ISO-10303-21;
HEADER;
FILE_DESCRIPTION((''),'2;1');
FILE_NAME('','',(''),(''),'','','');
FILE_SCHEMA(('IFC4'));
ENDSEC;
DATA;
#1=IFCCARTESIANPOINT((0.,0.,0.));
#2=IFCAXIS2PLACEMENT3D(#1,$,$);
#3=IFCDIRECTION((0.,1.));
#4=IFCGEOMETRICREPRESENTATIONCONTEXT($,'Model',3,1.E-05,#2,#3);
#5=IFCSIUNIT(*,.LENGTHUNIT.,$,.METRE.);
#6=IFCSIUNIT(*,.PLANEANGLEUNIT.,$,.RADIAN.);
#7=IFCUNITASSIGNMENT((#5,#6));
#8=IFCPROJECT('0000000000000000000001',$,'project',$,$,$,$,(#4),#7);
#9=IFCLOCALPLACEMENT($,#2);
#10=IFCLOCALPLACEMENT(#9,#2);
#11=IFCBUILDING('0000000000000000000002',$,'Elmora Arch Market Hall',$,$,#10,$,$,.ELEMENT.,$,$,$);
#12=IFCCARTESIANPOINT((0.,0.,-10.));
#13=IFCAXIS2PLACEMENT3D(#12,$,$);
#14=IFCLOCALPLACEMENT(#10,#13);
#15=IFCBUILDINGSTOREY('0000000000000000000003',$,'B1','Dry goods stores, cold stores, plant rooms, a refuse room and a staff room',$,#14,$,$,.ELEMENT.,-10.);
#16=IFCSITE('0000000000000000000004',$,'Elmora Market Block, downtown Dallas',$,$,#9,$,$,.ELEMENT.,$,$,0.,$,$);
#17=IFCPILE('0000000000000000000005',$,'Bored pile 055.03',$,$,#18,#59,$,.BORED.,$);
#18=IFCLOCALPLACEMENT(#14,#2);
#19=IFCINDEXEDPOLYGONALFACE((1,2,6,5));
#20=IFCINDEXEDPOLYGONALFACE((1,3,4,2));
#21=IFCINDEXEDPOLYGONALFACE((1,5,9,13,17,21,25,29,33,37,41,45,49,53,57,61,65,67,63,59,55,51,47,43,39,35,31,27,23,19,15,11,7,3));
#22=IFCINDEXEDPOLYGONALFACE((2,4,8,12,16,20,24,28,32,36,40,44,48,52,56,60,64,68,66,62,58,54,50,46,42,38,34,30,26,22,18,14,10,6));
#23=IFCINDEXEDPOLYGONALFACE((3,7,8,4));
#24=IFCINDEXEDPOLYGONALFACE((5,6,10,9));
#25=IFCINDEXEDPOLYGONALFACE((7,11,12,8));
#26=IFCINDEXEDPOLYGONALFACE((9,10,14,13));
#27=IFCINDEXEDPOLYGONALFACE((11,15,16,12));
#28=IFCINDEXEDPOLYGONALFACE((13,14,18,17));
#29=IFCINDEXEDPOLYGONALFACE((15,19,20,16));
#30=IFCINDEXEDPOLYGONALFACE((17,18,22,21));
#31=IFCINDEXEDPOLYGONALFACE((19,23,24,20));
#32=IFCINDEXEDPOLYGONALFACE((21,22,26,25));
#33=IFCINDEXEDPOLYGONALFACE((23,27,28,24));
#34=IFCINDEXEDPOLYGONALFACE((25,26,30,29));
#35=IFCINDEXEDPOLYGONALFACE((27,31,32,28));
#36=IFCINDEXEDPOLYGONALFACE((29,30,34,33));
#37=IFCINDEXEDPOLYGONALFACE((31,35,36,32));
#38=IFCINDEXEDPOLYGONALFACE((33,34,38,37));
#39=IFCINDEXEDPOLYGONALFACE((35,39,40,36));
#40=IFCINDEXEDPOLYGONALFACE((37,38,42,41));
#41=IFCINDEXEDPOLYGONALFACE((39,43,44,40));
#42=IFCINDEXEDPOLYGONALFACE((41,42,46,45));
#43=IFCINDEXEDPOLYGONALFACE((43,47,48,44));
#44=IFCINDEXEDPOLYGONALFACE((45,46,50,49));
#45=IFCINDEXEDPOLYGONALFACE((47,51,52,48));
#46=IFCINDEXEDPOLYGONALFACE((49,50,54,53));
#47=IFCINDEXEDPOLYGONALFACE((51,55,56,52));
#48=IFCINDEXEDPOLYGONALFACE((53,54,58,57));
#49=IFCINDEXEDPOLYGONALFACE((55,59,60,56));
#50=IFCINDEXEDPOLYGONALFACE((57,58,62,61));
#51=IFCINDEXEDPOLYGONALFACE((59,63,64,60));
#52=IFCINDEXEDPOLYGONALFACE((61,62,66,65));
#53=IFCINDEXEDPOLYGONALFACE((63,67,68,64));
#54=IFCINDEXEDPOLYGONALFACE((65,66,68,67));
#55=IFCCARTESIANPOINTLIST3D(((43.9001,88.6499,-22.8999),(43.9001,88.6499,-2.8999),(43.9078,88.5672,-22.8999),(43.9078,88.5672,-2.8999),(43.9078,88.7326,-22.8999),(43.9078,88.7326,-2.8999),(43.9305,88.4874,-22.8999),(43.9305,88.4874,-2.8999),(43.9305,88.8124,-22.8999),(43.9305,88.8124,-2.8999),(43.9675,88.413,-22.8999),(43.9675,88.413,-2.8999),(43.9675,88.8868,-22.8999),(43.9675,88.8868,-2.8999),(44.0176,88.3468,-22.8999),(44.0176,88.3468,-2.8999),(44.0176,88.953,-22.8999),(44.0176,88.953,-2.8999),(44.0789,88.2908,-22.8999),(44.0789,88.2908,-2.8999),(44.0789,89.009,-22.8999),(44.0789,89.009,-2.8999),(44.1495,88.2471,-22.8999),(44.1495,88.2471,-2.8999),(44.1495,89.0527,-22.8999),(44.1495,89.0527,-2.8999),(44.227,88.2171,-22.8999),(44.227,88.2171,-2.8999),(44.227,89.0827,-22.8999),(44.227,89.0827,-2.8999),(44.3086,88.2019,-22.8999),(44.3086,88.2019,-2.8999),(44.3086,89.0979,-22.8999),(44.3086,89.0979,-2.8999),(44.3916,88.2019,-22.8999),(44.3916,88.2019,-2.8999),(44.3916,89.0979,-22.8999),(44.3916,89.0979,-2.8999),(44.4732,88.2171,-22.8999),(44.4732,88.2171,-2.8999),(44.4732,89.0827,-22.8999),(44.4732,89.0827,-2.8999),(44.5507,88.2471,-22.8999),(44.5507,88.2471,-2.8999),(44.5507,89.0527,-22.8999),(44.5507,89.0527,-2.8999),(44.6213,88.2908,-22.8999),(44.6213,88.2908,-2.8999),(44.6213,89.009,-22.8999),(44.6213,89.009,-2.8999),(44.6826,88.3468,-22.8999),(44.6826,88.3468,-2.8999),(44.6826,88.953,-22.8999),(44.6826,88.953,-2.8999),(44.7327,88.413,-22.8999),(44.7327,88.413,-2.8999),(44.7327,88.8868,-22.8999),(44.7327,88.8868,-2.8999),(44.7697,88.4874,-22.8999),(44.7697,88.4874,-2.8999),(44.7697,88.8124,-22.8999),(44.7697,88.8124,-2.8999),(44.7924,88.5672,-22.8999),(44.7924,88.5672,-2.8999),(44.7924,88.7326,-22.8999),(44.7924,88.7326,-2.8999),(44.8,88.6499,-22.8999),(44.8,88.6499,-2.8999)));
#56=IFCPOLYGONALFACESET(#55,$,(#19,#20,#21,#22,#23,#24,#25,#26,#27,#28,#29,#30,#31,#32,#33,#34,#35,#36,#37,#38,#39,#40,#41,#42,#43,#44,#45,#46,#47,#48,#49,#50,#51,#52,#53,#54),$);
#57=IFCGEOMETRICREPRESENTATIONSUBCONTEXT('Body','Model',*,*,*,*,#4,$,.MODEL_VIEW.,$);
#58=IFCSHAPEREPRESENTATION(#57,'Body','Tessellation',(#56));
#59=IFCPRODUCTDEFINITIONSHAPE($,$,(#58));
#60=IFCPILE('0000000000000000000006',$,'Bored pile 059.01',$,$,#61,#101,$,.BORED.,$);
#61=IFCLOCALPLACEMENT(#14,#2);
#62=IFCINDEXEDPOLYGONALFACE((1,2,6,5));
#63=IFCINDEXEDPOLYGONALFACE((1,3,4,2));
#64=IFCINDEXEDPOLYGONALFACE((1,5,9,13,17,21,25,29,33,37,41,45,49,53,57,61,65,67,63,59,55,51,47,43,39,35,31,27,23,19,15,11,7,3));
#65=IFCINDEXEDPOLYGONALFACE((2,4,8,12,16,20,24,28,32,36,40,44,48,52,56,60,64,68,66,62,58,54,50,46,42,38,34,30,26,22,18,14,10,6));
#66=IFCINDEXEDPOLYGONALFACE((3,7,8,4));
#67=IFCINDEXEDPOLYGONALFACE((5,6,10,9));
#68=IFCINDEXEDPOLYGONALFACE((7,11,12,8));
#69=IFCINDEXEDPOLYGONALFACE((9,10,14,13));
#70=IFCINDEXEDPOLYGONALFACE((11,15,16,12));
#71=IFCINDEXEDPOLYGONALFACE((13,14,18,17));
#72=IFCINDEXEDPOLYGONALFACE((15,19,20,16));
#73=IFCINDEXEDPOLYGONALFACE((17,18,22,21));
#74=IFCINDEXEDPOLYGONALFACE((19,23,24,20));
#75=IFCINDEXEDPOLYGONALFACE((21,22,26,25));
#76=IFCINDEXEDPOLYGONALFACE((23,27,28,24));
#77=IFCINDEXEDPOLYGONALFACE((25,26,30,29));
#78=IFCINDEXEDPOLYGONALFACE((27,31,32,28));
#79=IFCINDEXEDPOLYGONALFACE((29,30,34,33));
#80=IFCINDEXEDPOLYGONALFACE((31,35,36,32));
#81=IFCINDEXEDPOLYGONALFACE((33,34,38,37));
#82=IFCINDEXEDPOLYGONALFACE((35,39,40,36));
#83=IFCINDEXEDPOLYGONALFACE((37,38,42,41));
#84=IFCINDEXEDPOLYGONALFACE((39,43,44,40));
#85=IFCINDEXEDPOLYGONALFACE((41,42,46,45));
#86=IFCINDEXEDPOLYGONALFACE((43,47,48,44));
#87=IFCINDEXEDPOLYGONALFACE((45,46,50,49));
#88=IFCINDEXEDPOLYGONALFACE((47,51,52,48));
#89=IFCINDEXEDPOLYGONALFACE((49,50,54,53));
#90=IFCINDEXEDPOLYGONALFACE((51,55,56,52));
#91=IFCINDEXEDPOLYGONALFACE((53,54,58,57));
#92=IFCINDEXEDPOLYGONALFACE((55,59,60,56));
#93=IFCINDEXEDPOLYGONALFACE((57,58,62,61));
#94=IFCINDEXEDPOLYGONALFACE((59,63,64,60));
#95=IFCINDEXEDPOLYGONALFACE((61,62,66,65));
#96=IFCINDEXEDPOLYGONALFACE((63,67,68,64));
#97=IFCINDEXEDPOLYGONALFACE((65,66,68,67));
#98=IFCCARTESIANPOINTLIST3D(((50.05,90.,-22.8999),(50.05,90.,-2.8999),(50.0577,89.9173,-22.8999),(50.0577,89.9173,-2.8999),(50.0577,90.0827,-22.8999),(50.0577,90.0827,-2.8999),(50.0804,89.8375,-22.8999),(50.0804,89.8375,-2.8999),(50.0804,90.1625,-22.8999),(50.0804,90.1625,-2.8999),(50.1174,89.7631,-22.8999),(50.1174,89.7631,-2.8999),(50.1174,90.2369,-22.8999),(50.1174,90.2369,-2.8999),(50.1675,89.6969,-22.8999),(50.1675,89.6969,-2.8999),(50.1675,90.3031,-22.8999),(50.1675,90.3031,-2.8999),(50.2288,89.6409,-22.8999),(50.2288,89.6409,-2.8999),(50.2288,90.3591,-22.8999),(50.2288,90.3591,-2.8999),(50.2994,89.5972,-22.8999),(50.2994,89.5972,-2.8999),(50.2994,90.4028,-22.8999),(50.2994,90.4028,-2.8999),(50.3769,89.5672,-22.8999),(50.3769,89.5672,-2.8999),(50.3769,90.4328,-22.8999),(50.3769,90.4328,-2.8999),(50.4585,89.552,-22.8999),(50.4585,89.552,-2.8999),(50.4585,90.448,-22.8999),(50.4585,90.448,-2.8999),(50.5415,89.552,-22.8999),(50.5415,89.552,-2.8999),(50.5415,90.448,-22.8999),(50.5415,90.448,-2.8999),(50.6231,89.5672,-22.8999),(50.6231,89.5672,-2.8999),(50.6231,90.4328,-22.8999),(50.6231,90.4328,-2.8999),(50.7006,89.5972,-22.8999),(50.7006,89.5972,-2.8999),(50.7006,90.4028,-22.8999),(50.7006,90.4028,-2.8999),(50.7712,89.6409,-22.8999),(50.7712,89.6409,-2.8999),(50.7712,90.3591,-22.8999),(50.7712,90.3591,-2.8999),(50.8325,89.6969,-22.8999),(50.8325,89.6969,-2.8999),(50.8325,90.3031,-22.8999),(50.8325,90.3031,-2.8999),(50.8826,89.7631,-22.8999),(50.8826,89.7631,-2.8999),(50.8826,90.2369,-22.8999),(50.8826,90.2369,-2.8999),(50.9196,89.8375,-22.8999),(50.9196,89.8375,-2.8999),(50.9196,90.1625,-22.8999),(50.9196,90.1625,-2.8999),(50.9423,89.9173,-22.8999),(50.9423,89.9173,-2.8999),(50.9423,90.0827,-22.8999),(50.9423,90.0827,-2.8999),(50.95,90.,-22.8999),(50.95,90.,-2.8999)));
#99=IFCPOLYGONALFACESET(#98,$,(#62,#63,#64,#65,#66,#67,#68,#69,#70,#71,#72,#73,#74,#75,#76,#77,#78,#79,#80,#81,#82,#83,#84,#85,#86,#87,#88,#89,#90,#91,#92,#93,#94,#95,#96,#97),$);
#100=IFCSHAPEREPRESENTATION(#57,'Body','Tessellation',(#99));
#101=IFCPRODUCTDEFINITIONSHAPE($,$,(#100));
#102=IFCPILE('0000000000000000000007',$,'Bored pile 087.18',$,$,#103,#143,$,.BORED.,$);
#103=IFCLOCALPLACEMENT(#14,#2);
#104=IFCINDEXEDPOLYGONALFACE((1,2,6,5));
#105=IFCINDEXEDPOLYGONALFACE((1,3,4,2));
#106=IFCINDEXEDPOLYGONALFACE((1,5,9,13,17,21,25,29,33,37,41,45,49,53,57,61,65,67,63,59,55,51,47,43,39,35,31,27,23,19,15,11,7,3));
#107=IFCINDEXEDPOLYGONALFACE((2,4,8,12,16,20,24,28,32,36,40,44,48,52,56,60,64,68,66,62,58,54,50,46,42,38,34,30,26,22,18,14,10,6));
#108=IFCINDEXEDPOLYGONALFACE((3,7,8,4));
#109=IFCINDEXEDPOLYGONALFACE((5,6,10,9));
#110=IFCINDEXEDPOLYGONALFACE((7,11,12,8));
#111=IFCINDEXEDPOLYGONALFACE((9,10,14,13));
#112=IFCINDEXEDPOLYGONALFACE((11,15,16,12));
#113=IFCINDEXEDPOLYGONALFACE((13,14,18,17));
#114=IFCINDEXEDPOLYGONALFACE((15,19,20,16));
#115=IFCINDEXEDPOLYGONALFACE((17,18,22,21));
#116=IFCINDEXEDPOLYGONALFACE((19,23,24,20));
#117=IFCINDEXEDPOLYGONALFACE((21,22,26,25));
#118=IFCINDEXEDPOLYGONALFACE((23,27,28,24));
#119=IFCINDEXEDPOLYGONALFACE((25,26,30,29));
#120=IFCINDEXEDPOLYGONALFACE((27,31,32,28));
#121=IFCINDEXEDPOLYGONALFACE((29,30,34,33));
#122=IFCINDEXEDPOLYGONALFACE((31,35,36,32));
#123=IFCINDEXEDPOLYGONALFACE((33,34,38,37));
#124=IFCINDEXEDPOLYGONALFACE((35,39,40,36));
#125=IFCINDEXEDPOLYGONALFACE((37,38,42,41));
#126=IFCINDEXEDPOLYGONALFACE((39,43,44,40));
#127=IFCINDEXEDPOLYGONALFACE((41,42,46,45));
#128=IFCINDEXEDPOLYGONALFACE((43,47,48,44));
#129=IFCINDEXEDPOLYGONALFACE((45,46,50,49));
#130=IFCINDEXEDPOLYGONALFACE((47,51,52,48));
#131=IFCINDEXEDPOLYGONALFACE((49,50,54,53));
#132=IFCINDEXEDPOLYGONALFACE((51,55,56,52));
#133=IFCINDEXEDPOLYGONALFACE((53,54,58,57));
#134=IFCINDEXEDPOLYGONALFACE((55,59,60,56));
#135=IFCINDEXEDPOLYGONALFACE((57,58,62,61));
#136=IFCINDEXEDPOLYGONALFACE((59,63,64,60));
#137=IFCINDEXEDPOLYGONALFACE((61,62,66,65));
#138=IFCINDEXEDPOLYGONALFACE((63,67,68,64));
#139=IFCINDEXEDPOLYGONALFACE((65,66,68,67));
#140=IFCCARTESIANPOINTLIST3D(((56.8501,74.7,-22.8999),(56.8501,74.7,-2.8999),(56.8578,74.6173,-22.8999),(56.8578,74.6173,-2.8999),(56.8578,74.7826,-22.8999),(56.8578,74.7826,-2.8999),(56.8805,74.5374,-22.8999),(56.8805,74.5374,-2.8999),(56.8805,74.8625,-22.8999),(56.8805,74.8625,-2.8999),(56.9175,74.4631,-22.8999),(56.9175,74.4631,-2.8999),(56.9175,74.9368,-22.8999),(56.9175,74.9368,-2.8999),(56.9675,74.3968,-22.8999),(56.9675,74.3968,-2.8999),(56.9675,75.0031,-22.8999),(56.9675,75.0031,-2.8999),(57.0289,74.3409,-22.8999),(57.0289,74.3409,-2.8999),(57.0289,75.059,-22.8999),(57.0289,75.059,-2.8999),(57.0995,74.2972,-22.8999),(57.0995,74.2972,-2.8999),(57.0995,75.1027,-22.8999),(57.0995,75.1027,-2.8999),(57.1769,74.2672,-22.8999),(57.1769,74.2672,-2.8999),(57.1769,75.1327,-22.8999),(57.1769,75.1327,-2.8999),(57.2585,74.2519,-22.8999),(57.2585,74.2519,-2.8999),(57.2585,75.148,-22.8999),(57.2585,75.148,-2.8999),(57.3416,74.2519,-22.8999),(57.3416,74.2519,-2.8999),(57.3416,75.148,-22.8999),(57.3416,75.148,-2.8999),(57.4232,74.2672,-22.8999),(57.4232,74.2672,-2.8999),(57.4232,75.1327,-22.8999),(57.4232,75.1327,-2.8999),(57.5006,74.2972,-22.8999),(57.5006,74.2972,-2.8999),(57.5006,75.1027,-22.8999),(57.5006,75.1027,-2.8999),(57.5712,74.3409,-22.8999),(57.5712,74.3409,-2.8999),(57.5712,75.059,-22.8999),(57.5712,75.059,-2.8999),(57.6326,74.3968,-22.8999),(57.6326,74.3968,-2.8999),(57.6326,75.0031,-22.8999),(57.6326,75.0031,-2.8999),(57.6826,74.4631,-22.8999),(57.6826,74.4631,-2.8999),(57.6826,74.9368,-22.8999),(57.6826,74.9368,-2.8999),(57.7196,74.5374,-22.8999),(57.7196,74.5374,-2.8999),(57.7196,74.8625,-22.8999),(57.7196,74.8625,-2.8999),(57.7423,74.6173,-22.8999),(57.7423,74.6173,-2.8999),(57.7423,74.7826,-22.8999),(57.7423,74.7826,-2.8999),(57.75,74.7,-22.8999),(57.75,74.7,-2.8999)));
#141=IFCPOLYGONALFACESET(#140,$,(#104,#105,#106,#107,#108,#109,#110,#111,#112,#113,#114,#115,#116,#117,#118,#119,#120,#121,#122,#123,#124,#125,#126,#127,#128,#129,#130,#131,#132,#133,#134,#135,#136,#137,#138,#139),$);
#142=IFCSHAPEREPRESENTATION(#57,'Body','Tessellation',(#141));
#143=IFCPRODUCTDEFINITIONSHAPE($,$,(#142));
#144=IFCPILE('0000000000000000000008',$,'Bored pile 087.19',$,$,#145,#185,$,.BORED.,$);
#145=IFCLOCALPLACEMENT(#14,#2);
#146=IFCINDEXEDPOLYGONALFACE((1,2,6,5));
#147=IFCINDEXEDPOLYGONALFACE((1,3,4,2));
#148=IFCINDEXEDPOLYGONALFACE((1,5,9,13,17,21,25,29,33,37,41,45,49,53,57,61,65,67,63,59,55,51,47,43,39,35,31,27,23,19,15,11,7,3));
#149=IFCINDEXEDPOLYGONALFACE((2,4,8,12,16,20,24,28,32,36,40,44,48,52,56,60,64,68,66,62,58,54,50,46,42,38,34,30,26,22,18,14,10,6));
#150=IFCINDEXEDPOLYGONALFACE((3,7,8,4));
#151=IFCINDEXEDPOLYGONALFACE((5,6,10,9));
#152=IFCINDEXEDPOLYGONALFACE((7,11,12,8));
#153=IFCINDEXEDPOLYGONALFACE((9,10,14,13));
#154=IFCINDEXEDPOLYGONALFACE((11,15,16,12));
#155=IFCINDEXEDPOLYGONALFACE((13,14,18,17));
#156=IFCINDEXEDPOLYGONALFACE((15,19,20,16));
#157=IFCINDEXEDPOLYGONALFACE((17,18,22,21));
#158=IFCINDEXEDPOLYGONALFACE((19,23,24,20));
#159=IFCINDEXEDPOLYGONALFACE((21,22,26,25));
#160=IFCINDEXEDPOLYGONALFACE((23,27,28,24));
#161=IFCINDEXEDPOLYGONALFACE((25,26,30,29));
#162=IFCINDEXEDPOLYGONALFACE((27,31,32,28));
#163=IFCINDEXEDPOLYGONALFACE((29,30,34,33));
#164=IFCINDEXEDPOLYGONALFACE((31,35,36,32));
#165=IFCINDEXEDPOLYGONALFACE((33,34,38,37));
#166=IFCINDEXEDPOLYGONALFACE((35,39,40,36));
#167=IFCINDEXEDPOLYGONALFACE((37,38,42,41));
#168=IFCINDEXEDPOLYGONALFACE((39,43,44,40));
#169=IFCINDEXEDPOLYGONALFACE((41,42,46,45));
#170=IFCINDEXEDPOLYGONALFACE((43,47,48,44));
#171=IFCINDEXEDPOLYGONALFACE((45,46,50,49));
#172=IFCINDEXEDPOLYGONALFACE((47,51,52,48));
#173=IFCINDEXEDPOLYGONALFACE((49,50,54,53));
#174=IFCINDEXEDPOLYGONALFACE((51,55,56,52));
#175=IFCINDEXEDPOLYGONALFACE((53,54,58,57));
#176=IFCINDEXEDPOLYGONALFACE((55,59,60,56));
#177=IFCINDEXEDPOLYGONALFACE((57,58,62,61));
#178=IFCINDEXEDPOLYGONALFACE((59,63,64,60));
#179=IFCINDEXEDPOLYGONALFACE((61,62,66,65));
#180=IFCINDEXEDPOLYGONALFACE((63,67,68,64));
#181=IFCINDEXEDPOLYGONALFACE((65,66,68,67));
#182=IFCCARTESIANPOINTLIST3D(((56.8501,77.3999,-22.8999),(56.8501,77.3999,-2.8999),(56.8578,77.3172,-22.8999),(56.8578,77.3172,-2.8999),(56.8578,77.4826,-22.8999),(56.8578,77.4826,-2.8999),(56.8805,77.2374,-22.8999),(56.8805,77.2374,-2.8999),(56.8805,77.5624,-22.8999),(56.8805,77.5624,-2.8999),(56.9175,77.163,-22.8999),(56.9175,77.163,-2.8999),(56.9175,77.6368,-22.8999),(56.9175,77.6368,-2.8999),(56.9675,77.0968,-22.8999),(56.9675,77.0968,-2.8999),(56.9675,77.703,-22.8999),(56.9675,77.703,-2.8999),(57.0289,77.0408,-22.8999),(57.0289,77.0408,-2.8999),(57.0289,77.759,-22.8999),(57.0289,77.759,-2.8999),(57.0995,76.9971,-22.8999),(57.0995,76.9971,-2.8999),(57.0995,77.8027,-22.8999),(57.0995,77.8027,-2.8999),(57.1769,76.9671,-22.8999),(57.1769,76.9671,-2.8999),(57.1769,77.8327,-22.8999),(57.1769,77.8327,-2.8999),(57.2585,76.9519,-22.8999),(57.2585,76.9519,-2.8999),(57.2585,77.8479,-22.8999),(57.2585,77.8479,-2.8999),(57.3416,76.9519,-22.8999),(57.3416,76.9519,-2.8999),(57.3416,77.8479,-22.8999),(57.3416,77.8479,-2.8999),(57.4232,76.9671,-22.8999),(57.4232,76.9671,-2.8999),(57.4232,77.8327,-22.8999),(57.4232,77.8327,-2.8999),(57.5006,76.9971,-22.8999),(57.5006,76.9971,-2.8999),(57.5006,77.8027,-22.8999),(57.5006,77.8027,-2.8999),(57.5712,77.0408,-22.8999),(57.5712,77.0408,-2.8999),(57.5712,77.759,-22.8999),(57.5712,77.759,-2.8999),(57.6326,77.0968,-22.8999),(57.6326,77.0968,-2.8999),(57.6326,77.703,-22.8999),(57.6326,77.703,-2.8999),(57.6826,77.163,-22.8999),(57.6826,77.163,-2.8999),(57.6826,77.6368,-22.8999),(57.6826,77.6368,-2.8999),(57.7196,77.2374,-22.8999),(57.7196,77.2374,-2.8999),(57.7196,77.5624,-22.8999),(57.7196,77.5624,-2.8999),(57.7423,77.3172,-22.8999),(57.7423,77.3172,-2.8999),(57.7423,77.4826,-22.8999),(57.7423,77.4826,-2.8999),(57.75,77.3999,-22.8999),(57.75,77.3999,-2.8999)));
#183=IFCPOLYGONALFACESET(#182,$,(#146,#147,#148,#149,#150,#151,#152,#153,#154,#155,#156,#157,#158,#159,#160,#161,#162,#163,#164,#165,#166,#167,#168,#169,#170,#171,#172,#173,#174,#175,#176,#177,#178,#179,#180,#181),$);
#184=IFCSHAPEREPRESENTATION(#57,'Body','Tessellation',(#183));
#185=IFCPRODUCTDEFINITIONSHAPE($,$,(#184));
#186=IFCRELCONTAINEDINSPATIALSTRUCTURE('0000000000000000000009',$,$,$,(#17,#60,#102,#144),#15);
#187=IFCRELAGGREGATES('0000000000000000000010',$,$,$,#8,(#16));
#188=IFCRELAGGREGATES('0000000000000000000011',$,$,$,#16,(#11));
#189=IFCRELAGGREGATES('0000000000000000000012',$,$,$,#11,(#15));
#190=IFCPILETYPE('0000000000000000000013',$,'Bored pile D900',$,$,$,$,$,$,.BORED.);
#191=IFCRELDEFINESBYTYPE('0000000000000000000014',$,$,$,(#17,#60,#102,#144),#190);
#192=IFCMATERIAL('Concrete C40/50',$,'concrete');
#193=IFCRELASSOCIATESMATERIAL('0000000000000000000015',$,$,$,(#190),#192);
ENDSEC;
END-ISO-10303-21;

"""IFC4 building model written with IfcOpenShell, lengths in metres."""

from ifc_helpers import new_model, si_unit, direction, frame, origin, origin_2d, place, context, subcontext, project, spatial, circle, extrude, material, material_profile, profile_set, type_object, element, save


model = new_model("IFC4")

# Units and contexts
model_context = context("Model", 3, precision=1e-05, world=origin(), true_north=direction((0.0, 1.0)))
body_context = subcontext(model_context, "Body", "Model", "MODEL_VIEW")
ifc_project = project(units=[si_unit("LENGTHUNIT", "METRE"), si_unit("PLANEANGLEUNIT", "RADIAN")], contexts=[model_context])

# Site, building, storey
site_placement = place(None, origin())
site = spatial("IfcSite", under=ifc_project, at=site_placement, Name="Elmora Market Block, downtown Dallas", CompositionType="ELEMENT", RefElevation=0.0)
building_placement = place(site_placement, origin())
building = spatial("IfcBuilding", under=site, at=building_placement, Name="Elmora Arch Market Hall", CompositionType="ELEMENT")
storey_placement = place(building_placement, frame((0.0, 0.0, -10.0)))
storey = spatial("IfcBuildingStorey", under=building, at=storey_placement, Name="B1", Description="Dry goods stores, cold stores, plant rooms, a refuse room and a staff room", CompositionType="ELEMENT", Elevation=-10.0)

# Piles
ifc_material_1 = material(Name="Concrete C40/50", Category="concrete")
ifc_material_profile_1 = material_profile(ifc_material_1, circle(Radius=0.45, at=origin_2d()), Name="Bored pile D900")
ifc_profile_set_1 = profile_set([ifc_material_profile_1], Name="Concrete C40/50")
pile_type = type_object("IfcPileType", Name="Bored pile D900", PredefinedType="BORED", material=ifc_profile_set_1)
for number, where, z_axis, x_axis, name in (
    (1, (44.3501, 88.6499, -2.8999), (0.0, 0.0, -1.0), (1.0, 0.0, 0.0), "Bored pile 055.03"),
    (2, (50.5, 90.0, -2.8999), (0.0, 0.0, -1.0), (1.0, 0.0, 0.0), "Bored pile 059.01"),
    (3, (57.3, 74.7, -2.8999), (0.0, 0.0, -1.0), (1.0, 0.0, 0.0), "Bored pile 087.18"),
    (4, (57.3, 77.3999, -2.8999), (0.0, 0.0, -1.0), (1.0, 0.0, 0.0), "Bored pile 087.19"),
):
    element("IfcPile", number, at=place(storey_placement, frame(where, z_axis=z_axis, x_axis=x_axis)), inside=storey, type_object=pile_type, Name=name, PredefinedType="BORED", context=body_context, shape_type="SweptSolid", body=[
        extrude(circle(Radius=0.45, at=origin_2d()), origin(), (0.0, 0.0, 1.0), 20.0),
    ])

save(model, "model.ifc")
